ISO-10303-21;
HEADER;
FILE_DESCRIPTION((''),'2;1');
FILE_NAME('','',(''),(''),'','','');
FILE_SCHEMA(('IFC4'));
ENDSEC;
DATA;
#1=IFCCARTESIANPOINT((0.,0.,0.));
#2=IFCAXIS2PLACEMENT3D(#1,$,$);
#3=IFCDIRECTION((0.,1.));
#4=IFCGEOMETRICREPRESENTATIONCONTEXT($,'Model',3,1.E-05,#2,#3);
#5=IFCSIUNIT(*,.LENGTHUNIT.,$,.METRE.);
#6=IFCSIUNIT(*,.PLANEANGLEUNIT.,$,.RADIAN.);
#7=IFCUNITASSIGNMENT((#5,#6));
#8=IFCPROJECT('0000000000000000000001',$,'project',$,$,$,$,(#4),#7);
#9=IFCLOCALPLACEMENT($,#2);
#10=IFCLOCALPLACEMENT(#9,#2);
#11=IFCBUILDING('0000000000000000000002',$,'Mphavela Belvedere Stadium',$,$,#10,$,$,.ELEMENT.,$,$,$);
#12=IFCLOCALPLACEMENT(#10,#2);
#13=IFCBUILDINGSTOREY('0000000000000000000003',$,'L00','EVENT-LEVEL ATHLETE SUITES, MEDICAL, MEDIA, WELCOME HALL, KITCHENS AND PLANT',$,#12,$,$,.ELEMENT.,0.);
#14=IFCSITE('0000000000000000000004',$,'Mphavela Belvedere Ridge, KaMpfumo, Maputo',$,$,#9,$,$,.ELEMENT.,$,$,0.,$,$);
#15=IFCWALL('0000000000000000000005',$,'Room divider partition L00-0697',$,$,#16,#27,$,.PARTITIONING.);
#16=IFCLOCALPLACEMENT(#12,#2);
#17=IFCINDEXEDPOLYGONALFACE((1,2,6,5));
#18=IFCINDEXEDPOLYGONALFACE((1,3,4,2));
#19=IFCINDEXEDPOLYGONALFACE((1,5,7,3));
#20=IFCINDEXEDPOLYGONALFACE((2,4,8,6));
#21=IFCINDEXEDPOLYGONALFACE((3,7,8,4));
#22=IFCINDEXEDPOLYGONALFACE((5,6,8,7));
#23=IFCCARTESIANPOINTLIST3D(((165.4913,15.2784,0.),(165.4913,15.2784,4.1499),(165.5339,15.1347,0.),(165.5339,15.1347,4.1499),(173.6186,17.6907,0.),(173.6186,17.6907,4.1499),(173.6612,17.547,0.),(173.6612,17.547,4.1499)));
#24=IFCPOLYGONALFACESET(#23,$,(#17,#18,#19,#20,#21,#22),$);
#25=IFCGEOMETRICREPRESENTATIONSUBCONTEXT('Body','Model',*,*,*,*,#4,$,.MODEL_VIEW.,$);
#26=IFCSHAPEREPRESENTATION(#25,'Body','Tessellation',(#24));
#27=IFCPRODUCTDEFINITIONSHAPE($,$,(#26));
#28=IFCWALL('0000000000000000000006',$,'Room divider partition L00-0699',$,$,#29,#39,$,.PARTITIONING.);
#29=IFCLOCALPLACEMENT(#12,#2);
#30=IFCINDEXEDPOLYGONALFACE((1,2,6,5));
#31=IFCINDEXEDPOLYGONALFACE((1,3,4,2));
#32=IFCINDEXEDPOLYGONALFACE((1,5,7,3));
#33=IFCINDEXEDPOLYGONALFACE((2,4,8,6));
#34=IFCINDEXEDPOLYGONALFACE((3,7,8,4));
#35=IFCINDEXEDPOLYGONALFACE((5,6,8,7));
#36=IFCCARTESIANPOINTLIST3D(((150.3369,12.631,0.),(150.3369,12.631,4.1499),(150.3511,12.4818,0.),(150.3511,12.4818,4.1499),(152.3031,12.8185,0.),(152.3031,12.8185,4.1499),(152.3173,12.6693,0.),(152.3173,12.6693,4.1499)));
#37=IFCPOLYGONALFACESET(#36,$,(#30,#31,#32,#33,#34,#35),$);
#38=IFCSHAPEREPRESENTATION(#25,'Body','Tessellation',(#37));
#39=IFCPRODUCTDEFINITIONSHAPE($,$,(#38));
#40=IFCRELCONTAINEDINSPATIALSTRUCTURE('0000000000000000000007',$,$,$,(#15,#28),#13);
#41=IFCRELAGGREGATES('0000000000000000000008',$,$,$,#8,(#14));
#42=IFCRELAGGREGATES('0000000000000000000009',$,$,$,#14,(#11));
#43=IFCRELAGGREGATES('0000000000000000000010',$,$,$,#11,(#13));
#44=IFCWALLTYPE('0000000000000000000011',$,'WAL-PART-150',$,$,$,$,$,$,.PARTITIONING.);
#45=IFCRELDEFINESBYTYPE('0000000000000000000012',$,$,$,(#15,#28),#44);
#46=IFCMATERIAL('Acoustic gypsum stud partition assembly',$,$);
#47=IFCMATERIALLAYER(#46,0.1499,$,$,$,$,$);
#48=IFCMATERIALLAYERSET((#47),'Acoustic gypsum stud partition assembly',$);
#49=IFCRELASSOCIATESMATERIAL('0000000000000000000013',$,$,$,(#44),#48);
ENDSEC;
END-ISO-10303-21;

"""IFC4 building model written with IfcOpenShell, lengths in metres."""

from ifc_helpers import new_model, si_unit, direction, frame, frame_2d, origin, place, context, subcontext, project, spatial, rectangle, extrude, material, layer, layer_set, type_object, element, save


model = new_model("IFC4")

# Units and contexts
model_context = context("Model", 3, precision=1e-05, world=origin(), true_north=direction((0.0, 1.0)))
body_context = subcontext(model_context, "Body", "Model", "MODEL_VIEW")
ifc_project = project(units=[si_unit("LENGTHUNIT", "METRE"), si_unit("PLANEANGLEUNIT", "RADIAN")], contexts=[model_context])

# Site, building, storey
site_placement = place(None, origin())
site = spatial("IfcSite", under=ifc_project, at=site_placement, Name="Mphavela Belvedere Ridge, KaMpfumo, Maputo", CompositionType="ELEMENT", RefElevation=0.0)
building_placement = place(site_placement, origin())
building = spatial("IfcBuilding", under=site, at=building_placement, Name="Mphavela Belvedere Stadium", CompositionType="ELEMENT")
storey_placement = place(building_placement, origin())
storey = spatial("IfcBuildingStorey", under=building, at=storey_placement, Name="L00", Description="EVENT-LEVEL ATHLETE SUITES, MEDICAL, MEDIA, WELCOME HALL, KITCHENS AND PLANT", CompositionType="ELEMENT", Elevation=0.0)

# Walls
ifc_material_1 = material(Name="Acoustic gypsum stud partition assembly")
ifc_layer_1 = layer(ifc_material_1, 0.1499)
ifc_layer_set_1 = layer_set([ifc_layer_1], Name="Acoustic gypsum stud partition assembly")
wall_type_1 = type_object("IfcWallType", Name="WAL-PART-150", PredefinedType="PARTITIONING", material=ifc_layer_set_1)
wall_1_placement = place(storey_placement, frame((165.5127, 15.2065, 0.0), z_axis=(0.0, 0.0, 1.0), x_axis=(0.95866, 0.284554, 0.0)))
element("IfcWall", 1, at=wall_1_placement, inside=storey, type_object=wall_type_1, Name="Room divider partition L00-0697", PredefinedType="PARTITIONING", context=body_context, shape_type="SweptSolid", body=[
    extrude(rectangle(XDim=8.4778, YDim=0.1499, at=frame_2d((4.2388, 0.0))), origin(), (0.0, 0.0, 1.0), 4.1499),
])
wall_2_placement = place(storey_placement, frame((150.344, 12.5564, 0.0), z_axis=(0.0, 0.0, 1.0), x_axis=(0.995483, 0.094937, 0.0)))
element("IfcWall", 2, at=wall_2_placement, inside=storey, type_object=wall_type_1, Name="Room divider partition L00-0699", PredefinedType="PARTITIONING", context=body_context, shape_type="SweptSolid", body=[
    extrude(rectangle(XDim=1.9751, YDim=0.1499, at=frame_2d((0.9875, 0.0))), origin(), (0.0, 0.0, 1.0), 4.1499),
])

save(model, "model.ifc")
